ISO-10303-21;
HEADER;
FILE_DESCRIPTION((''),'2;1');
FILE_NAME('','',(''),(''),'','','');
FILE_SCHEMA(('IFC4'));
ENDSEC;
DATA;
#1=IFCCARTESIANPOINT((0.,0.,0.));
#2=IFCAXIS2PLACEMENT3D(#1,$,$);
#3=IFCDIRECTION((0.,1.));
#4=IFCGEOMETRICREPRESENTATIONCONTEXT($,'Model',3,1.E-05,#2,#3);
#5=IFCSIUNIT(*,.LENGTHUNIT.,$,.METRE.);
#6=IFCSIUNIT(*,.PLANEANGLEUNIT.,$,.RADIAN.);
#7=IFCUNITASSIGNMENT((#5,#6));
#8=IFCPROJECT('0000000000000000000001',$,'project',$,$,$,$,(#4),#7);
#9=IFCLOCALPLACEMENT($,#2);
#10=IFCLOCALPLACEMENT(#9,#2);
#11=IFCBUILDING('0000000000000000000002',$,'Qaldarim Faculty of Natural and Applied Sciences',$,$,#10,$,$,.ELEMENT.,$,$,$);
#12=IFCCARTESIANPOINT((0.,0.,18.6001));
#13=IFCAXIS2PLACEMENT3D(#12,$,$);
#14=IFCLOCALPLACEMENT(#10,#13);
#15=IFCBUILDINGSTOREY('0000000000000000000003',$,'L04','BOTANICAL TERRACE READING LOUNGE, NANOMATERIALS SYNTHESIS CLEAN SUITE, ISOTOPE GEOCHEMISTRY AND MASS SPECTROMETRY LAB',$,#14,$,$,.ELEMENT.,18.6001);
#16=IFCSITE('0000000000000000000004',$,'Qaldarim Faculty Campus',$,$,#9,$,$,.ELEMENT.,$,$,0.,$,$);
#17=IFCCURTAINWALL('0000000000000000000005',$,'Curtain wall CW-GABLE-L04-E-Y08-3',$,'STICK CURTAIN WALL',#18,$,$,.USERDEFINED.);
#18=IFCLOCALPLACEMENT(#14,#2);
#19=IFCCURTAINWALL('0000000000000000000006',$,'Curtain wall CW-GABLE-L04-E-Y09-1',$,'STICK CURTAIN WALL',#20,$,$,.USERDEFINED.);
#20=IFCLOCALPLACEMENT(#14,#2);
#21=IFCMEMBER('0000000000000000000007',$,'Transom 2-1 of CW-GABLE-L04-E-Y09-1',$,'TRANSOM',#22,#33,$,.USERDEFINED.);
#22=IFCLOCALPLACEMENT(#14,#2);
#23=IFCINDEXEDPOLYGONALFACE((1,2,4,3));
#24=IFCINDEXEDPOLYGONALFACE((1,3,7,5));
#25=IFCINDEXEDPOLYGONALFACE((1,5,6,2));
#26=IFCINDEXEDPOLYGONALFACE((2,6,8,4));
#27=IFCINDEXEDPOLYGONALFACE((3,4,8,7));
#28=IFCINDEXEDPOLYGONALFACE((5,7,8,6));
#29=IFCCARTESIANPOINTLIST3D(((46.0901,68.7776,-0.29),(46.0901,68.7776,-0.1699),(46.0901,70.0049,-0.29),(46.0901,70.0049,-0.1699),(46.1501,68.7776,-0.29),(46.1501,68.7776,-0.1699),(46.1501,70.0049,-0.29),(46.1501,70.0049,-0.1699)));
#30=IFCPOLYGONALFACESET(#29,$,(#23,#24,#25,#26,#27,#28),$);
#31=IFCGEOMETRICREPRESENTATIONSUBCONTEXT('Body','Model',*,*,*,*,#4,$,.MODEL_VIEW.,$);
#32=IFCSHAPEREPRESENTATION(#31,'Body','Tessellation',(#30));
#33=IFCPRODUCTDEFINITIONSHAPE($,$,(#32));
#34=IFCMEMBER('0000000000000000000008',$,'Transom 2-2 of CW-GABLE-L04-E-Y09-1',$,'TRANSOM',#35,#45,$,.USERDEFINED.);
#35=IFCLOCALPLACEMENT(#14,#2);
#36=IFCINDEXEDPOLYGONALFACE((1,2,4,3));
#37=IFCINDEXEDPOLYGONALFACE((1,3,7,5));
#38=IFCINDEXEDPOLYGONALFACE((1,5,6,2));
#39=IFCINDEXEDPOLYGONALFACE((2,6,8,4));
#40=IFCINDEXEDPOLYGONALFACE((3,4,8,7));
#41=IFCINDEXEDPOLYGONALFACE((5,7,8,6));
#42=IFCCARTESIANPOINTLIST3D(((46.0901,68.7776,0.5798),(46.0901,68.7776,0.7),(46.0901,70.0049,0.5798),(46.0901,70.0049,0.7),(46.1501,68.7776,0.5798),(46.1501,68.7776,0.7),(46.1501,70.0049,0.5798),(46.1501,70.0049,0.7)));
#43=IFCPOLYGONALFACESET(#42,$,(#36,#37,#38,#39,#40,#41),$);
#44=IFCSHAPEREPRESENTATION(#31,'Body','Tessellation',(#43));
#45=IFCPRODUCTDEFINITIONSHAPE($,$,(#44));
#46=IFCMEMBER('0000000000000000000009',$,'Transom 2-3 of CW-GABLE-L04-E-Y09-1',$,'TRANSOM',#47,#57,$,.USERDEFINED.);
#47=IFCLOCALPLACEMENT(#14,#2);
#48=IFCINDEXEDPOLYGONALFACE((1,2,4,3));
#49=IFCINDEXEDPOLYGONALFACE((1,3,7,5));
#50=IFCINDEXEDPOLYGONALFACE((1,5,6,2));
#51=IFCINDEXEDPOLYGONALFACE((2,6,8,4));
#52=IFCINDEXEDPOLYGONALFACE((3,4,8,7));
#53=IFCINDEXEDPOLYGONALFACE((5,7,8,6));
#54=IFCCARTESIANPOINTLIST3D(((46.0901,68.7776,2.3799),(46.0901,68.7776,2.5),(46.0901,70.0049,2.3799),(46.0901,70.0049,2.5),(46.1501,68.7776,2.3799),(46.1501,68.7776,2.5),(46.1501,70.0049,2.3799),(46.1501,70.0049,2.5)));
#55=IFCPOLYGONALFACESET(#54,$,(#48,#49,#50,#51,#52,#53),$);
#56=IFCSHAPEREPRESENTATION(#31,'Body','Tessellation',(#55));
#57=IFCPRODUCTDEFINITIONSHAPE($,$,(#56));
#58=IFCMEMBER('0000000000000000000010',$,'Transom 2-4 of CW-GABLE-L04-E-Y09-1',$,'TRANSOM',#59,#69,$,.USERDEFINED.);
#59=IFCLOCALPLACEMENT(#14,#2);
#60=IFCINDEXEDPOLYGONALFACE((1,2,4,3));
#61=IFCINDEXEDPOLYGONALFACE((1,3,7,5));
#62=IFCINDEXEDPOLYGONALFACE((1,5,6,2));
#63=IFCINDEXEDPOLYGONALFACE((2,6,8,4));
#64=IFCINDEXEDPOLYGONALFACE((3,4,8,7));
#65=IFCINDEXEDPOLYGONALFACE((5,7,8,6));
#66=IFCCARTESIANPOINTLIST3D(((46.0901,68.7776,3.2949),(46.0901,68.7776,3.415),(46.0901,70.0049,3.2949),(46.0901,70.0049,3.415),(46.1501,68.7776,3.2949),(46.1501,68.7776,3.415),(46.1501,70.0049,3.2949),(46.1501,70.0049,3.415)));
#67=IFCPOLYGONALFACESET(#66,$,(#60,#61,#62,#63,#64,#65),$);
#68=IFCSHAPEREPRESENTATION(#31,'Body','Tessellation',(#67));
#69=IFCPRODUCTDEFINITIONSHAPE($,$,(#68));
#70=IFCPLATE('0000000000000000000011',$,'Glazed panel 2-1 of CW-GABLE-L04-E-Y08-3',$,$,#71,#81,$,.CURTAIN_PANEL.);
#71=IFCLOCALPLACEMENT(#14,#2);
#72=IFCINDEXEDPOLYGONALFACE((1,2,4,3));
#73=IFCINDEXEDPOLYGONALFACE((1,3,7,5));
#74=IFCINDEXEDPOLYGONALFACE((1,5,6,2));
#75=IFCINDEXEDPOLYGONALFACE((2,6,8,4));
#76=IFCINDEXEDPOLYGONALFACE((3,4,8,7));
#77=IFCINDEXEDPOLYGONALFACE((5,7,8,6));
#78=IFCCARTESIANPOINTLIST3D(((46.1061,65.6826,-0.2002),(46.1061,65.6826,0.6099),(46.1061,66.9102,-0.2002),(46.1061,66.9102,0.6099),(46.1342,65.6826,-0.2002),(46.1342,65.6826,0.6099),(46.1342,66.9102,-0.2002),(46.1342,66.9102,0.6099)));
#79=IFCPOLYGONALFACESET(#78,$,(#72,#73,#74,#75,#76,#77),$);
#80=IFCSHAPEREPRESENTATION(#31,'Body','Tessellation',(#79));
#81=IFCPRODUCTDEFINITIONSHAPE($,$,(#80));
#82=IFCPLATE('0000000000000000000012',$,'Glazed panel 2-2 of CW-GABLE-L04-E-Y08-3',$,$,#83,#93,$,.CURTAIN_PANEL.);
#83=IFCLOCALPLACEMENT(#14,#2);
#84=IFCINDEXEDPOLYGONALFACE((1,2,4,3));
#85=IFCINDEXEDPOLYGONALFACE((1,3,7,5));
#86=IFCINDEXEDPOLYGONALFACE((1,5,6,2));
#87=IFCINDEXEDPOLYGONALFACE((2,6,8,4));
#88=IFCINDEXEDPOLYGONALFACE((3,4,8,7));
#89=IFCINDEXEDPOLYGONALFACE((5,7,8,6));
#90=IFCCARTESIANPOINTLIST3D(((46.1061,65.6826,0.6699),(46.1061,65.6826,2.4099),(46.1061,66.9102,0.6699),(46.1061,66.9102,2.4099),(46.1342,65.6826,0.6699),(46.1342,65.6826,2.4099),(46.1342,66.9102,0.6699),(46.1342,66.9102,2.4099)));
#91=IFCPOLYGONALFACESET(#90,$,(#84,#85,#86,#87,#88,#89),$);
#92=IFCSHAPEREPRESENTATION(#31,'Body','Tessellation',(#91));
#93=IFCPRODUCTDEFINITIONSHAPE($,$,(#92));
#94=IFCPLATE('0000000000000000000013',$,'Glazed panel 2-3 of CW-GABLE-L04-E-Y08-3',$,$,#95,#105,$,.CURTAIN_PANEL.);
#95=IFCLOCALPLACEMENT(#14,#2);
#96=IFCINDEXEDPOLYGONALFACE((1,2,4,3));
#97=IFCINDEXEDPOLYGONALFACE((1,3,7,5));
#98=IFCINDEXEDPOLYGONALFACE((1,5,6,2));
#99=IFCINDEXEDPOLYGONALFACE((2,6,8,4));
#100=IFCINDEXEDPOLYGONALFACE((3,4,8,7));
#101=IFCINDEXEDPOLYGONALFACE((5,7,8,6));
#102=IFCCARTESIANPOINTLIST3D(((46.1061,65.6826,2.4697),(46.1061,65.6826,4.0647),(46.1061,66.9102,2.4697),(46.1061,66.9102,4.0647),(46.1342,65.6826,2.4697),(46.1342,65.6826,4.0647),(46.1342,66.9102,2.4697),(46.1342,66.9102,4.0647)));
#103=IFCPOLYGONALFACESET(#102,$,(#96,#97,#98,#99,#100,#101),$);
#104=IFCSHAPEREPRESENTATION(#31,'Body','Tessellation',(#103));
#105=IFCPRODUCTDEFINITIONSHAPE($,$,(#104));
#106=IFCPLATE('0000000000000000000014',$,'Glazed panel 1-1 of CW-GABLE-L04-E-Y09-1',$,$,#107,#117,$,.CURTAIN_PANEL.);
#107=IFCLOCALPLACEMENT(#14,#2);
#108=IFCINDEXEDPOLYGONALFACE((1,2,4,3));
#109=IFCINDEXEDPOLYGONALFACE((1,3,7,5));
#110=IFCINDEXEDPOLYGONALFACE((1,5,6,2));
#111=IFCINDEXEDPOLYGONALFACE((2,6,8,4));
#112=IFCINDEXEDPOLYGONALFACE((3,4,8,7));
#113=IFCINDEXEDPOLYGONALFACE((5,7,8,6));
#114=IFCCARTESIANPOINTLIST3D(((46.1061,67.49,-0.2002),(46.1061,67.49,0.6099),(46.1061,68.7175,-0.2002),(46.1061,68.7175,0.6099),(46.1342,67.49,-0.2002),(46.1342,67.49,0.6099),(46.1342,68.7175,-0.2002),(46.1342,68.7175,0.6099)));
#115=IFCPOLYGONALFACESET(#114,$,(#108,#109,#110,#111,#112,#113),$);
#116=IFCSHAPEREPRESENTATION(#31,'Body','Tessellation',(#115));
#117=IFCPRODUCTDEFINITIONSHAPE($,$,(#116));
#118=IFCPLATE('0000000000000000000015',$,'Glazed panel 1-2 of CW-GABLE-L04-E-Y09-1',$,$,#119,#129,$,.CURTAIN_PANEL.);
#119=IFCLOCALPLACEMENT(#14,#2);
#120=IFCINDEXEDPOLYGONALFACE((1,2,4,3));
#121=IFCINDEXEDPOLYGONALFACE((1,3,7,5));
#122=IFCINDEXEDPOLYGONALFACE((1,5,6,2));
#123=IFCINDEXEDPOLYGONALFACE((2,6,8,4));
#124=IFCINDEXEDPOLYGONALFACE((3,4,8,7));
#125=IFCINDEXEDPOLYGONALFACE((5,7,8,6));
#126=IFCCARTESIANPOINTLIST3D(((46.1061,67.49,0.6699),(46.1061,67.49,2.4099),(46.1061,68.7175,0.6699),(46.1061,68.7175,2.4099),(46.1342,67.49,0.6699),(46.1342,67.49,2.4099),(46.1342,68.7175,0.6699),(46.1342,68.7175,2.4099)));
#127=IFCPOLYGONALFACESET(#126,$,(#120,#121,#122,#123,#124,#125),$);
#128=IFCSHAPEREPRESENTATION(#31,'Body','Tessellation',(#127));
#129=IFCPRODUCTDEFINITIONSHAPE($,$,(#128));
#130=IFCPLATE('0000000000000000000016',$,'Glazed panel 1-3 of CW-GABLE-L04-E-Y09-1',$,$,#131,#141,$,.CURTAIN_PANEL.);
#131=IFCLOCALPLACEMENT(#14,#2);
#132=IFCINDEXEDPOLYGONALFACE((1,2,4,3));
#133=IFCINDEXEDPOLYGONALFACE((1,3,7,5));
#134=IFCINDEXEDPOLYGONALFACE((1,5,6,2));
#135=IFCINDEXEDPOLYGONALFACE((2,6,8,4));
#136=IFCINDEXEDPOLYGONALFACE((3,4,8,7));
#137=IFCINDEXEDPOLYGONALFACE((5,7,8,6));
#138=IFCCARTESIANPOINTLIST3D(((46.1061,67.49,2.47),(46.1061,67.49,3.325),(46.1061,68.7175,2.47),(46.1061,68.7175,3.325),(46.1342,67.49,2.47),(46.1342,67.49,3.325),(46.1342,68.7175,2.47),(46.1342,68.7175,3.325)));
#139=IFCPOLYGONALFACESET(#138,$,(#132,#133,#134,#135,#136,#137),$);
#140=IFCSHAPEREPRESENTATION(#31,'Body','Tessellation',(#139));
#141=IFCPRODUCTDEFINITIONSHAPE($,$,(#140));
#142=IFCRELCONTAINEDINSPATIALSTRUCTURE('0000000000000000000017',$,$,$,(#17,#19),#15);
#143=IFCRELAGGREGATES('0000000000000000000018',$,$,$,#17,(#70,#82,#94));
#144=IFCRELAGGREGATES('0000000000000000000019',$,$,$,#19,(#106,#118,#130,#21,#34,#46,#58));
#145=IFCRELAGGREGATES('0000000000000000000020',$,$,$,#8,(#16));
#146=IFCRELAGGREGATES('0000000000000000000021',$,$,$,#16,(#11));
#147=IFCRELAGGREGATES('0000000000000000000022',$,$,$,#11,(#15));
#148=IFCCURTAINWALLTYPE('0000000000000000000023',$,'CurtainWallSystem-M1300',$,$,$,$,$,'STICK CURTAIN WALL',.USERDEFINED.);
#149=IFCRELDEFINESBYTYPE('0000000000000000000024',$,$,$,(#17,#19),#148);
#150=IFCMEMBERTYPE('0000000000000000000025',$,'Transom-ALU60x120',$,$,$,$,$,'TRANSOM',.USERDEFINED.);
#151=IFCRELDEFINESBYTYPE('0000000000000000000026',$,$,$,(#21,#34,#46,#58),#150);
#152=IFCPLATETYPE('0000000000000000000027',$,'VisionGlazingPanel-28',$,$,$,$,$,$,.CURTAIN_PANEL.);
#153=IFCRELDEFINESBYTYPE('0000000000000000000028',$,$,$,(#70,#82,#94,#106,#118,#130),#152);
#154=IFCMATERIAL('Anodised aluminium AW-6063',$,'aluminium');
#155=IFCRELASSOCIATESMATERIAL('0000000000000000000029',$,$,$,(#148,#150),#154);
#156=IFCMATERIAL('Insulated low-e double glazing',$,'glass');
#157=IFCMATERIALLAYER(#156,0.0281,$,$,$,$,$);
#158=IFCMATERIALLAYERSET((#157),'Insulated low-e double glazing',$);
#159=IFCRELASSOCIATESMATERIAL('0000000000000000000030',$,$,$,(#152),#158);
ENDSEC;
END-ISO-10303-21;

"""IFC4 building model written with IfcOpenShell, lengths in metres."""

from ifc_helpers import new_model, si_unit, direction, frame, origin, origin_2d, place, context, subcontext, project, spatial, rectangle, extrude, material, layer, layer_set, material_profile, profile_set, type_object, element, aggregate, save


model = new_model("IFC4")

# Units and contexts
model_context = context("Model", 3, precision=1e-05, world=origin(), true_north=direction((0.0, 1.0)))
body_context = subcontext(model_context, "Body", "Model", "MODEL_VIEW")
ifc_project = project(units=[si_unit("LENGTHUNIT", "METRE"), si_unit("PLANEANGLEUNIT", "RADIAN")], contexts=[model_context])

# Site, building, storey
site_placement = place(None, origin())
site = spatial("IfcSite", under=ifc_project, at=site_placement, Name="Qaldarim Faculty Campus", CompositionType="ELEMENT", RefElevation=0.0)
building_placement = place(site_placement, origin())
building = spatial("IfcBuilding", under=site, at=building_placement, Name="Qaldarim Faculty of Natural and Applied Sciences", CompositionType="ELEMENT")
storey_placement = place(building_placement, frame((0.0, 0.0, 18.6001)))
storey = spatial("IfcBuildingStorey", under=building, at=storey_placement, Name="L04", Description="BOTANICAL TERRACE READING LOUNGE, NANOMATERIALS SYNTHESIS CLEAN SUITE, ISOTOPE GEOCHEMISTRY AND MASS SPECTROMETRY LAB", CompositionType="ELEMENT", Elevation=18.6001)

# Curtain wall
ifc_material_1 = material(Name="Anodised aluminium AW-6063", Category="aluminium")
curtain_wall_type = type_object("IfcCurtainWallType", Name="CurtainWallSystem-M1300", ElementType="STICK CURTAIN WALL", PredefinedType="USERDEFINED", material=ifc_material_1)
curtain_wall_1_placement = place(storey_placement, origin())
curtain_wall_1 = element("IfcCurtainWall", 1, at=curtain_wall_1_placement, inside=storey, type_object=curtain_wall_type, Name="Curtain wall CW-GABLE-L04-E-Y08-3", ObjectType="STICK CURTAIN WALL", PredefinedType="USERDEFINED")

# Curtain wall
curtain_wall_2_placement = place(storey_placement, origin())
curtain_wall_2 = element("IfcCurtainWall", 2, at=curtain_wall_2_placement, inside=storey, type_object=curtain_wall_type, Name="Curtain wall CW-GABLE-L04-E-Y09-1", ObjectType="STICK CURTAIN WALL", PredefinedType="USERDEFINED")

# Members
ifc_material_profile_1 = material_profile(ifc_material_1, rectangle(XDim=0.0601, YDim=0.1201, at=origin_2d()), Name="ALU-T60x120")
ifc_profile_set_1 = profile_set([ifc_material_profile_1], Name="Anodised aluminium AW-6063")
member_type_1 = type_object("IfcMemberType", Name="Transom-ALU60x120", ElementType="TRANSOM", PredefinedType="USERDEFINED", material=ifc_profile_set_1)
member_1_placement = place(storey_placement, frame((46.1201, 68.7776, -0.23), z_axis=(0.0, 1.0, 0.0), x_axis=(-1.0, 0.0, 0.0)))
member_1 = element("IfcMember", 3, at=member_1_placement, type_object=member_type_1, Name="Transom 2-1 of CW-GABLE-L04-E-Y09-1", ObjectType="TRANSOM", PredefinedType="USERDEFINED", context=body_context, shape_type="SweptSolid", body=[
    extrude(rectangle(XDim=0.0601, YDim=0.1201, at=origin_2d()), origin(), (0.0, 0.0, 1.0), 1.2273),
])
member_2_placement = place(storey_placement, frame((46.1201, 68.7776, 0.6399), z_axis=(0.0, 1.0, 0.0), x_axis=(-1.0, 0.0, 0.0)))
member_2 = element("IfcMember", 4, at=member_2_placement, type_object=member_type_1, Name="Transom 2-2 of CW-GABLE-L04-E-Y09-1", ObjectType="TRANSOM", PredefinedType="USERDEFINED", context=body_context, shape_type="SweptSolid", body=[
    extrude(rectangle(XDim=0.0601, YDim=0.1201, at=origin_2d()), origin(), (0.0, 0.0, 1.0), 1.2273),
])
member_3_placement = place(storey_placement, frame((46.1201, 68.7776, 2.4399), z_axis=(0.0, 1.0, 0.0), x_axis=(-1.0, 0.0, 0.0)))
member_3 = element("IfcMember", 5, at=member_3_placement, type_object=member_type_1, Name="Transom 2-3 of CW-GABLE-L04-E-Y09-1", ObjectType="TRANSOM", PredefinedType="USERDEFINED", context=body_context, shape_type="SweptSolid", body=[
    extrude(rectangle(XDim=0.0601, YDim=0.1201, at=origin_2d()), origin(), (0.0, 0.0, 1.0), 1.2273),
])
member_4_placement = place(storey_placement, frame((46.1201, 68.7776, 3.355), z_axis=(0.0, 1.0, 0.0), x_axis=(-1.0, 0.0, 0.0)))
member_4 = element("IfcMember", 6, at=member_4_placement, type_object=member_type_1, Name="Transom 2-4 of CW-GABLE-L04-E-Y09-1", ObjectType="TRANSOM", PredefinedType="USERDEFINED", context=body_context, shape_type="SweptSolid", body=[
    extrude(rectangle(XDim=0.0601, YDim=0.1201, at=origin_2d()), origin(), (0.0, 0.0, 1.0), 1.2273),
])

# Plates
ifc_material_2 = material(Name="Insulated low-e double glazing", Category="glass")
ifc_layer = layer(ifc_material_2, 0.0281)
ifc_layer_set = layer_set([ifc_layer], Name="Insulated low-e double glazing")
plate_type = type_object("IfcPlateType", Name="VisionGlazingPanel-28", PredefinedType="CURTAIN_PANEL", material=ifc_layer_set)
plate_1_placement = place(storey_placement, frame((46.1201, 66.2964, -0.2002), z_axis=(0.0, 0.0, 1.0), x_axis=(0.0, 1.0, 0.0)))
plate_1 = element("IfcPlate", 7, at=plate_1_placement, type_object=plate_type, Name="Glazed panel 2-1 of CW-GABLE-L04-E-Y08-3", PredefinedType="CURTAIN_PANEL", context=body_context, shape_type="SweptSolid", body=[
    extrude(rectangle(XDim=1.2275, YDim=0.0281, at=origin_2d()), origin(), (0.0, 0.0, 1.0), 0.8101),
])
plate_2_placement = place(storey_placement, frame((46.1201, 66.2964, 0.6699), z_axis=(0.0, 0.0, 1.0), x_axis=(0.0, 1.0, 0.0)))
plate_2 = element("IfcPlate", 8, at=plate_2_placement, type_object=plate_type, Name="Glazed panel 2-2 of CW-GABLE-L04-E-Y08-3", PredefinedType="CURTAIN_PANEL", context=body_context, shape_type="SweptSolid", body=[
    extrude(rectangle(XDim=1.2275, YDim=0.0281, at=origin_2d()), origin(), (0.0, 0.0, 1.0), 1.74),
])
plate_3_placement = place(storey_placement, frame((46.1201, 66.2964, 2.4697), z_axis=(0.0, 0.0, 1.0), x_axis=(0.0, 1.0, 0.0)))
plate_3 = element("IfcPlate", 9, at=plate_3_placement, type_object=plate_type, Name="Glazed panel 2-3 of CW-GABLE-L04-E-Y08-3", PredefinedType="CURTAIN_PANEL", context=body_context, shape_type="SweptSolid", body=[
    extrude(rectangle(XDim=1.2275, YDim=0.0281, at=origin_2d()), origin(), (0.0, 0.0, 1.0), 1.595),
])
aggregate(curtain_wall_1, [plate_1, plate_2, plate_3])
plate_4_placement = place(storey_placement, frame((46.1201, 68.1038, -0.2002), z_axis=(0.0, 0.0, 1.0), x_axis=(0.0, 1.0, 0.0)))
plate_4 = element("IfcPlate", 10, at=plate_4_placement, type_object=plate_type, Name="Glazed panel 1-1 of CW-GABLE-L04-E-Y09-1", PredefinedType="CURTAIN_PANEL", context=body_context, shape_type="SweptSolid", body=[
    extrude(rectangle(XDim=1.2275, YDim=0.0281, at=origin_2d()), origin(), (0.0, 0.0, 1.0), 0.8101),
])
plate_5_placement = place(storey_placement, frame((46.1201, 68.1038, 0.6699), z_axis=(0.0, 0.0, 1.0), x_axis=(0.0, 1.0, 0.0)))
plate_5 = element("IfcPlate", 11, at=plate_5_placement, type_object=plate_type, Name="Glazed panel 1-2 of CW-GABLE-L04-E-Y09-1", PredefinedType="CURTAIN_PANEL", context=body_context, shape_type="SweptSolid", body=[
    extrude(rectangle(XDim=1.2275, YDim=0.0281, at=origin_2d()), origin(), (0.0, 0.0, 1.0), 1.74),
])
plate_6_placement = place(storey_placement, frame((46.1201, 68.1038, 2.47), z_axis=(0.0, 0.0, 1.0), x_axis=(0.0, 1.0, 0.0)))
plate_6 = element("IfcPlate", 12, at=plate_6_placement, type_object=plate_type, Name="Glazed panel 1-3 of CW-GABLE-L04-E-Y09-1", PredefinedType="CURTAIN_PANEL", context=body_context, shape_type="SweptSolid", body=[
    extrude(rectangle(XDim=1.2275, YDim=0.0281, at=origin_2d()), origin(), (0.0, 0.0, 1.0), 0.855),
])
aggregate(curtain_wall_2, [plate_4, plate_5, plate_6, member_1, member_2, member_3, member_4])

save(model, "model.ifc")
